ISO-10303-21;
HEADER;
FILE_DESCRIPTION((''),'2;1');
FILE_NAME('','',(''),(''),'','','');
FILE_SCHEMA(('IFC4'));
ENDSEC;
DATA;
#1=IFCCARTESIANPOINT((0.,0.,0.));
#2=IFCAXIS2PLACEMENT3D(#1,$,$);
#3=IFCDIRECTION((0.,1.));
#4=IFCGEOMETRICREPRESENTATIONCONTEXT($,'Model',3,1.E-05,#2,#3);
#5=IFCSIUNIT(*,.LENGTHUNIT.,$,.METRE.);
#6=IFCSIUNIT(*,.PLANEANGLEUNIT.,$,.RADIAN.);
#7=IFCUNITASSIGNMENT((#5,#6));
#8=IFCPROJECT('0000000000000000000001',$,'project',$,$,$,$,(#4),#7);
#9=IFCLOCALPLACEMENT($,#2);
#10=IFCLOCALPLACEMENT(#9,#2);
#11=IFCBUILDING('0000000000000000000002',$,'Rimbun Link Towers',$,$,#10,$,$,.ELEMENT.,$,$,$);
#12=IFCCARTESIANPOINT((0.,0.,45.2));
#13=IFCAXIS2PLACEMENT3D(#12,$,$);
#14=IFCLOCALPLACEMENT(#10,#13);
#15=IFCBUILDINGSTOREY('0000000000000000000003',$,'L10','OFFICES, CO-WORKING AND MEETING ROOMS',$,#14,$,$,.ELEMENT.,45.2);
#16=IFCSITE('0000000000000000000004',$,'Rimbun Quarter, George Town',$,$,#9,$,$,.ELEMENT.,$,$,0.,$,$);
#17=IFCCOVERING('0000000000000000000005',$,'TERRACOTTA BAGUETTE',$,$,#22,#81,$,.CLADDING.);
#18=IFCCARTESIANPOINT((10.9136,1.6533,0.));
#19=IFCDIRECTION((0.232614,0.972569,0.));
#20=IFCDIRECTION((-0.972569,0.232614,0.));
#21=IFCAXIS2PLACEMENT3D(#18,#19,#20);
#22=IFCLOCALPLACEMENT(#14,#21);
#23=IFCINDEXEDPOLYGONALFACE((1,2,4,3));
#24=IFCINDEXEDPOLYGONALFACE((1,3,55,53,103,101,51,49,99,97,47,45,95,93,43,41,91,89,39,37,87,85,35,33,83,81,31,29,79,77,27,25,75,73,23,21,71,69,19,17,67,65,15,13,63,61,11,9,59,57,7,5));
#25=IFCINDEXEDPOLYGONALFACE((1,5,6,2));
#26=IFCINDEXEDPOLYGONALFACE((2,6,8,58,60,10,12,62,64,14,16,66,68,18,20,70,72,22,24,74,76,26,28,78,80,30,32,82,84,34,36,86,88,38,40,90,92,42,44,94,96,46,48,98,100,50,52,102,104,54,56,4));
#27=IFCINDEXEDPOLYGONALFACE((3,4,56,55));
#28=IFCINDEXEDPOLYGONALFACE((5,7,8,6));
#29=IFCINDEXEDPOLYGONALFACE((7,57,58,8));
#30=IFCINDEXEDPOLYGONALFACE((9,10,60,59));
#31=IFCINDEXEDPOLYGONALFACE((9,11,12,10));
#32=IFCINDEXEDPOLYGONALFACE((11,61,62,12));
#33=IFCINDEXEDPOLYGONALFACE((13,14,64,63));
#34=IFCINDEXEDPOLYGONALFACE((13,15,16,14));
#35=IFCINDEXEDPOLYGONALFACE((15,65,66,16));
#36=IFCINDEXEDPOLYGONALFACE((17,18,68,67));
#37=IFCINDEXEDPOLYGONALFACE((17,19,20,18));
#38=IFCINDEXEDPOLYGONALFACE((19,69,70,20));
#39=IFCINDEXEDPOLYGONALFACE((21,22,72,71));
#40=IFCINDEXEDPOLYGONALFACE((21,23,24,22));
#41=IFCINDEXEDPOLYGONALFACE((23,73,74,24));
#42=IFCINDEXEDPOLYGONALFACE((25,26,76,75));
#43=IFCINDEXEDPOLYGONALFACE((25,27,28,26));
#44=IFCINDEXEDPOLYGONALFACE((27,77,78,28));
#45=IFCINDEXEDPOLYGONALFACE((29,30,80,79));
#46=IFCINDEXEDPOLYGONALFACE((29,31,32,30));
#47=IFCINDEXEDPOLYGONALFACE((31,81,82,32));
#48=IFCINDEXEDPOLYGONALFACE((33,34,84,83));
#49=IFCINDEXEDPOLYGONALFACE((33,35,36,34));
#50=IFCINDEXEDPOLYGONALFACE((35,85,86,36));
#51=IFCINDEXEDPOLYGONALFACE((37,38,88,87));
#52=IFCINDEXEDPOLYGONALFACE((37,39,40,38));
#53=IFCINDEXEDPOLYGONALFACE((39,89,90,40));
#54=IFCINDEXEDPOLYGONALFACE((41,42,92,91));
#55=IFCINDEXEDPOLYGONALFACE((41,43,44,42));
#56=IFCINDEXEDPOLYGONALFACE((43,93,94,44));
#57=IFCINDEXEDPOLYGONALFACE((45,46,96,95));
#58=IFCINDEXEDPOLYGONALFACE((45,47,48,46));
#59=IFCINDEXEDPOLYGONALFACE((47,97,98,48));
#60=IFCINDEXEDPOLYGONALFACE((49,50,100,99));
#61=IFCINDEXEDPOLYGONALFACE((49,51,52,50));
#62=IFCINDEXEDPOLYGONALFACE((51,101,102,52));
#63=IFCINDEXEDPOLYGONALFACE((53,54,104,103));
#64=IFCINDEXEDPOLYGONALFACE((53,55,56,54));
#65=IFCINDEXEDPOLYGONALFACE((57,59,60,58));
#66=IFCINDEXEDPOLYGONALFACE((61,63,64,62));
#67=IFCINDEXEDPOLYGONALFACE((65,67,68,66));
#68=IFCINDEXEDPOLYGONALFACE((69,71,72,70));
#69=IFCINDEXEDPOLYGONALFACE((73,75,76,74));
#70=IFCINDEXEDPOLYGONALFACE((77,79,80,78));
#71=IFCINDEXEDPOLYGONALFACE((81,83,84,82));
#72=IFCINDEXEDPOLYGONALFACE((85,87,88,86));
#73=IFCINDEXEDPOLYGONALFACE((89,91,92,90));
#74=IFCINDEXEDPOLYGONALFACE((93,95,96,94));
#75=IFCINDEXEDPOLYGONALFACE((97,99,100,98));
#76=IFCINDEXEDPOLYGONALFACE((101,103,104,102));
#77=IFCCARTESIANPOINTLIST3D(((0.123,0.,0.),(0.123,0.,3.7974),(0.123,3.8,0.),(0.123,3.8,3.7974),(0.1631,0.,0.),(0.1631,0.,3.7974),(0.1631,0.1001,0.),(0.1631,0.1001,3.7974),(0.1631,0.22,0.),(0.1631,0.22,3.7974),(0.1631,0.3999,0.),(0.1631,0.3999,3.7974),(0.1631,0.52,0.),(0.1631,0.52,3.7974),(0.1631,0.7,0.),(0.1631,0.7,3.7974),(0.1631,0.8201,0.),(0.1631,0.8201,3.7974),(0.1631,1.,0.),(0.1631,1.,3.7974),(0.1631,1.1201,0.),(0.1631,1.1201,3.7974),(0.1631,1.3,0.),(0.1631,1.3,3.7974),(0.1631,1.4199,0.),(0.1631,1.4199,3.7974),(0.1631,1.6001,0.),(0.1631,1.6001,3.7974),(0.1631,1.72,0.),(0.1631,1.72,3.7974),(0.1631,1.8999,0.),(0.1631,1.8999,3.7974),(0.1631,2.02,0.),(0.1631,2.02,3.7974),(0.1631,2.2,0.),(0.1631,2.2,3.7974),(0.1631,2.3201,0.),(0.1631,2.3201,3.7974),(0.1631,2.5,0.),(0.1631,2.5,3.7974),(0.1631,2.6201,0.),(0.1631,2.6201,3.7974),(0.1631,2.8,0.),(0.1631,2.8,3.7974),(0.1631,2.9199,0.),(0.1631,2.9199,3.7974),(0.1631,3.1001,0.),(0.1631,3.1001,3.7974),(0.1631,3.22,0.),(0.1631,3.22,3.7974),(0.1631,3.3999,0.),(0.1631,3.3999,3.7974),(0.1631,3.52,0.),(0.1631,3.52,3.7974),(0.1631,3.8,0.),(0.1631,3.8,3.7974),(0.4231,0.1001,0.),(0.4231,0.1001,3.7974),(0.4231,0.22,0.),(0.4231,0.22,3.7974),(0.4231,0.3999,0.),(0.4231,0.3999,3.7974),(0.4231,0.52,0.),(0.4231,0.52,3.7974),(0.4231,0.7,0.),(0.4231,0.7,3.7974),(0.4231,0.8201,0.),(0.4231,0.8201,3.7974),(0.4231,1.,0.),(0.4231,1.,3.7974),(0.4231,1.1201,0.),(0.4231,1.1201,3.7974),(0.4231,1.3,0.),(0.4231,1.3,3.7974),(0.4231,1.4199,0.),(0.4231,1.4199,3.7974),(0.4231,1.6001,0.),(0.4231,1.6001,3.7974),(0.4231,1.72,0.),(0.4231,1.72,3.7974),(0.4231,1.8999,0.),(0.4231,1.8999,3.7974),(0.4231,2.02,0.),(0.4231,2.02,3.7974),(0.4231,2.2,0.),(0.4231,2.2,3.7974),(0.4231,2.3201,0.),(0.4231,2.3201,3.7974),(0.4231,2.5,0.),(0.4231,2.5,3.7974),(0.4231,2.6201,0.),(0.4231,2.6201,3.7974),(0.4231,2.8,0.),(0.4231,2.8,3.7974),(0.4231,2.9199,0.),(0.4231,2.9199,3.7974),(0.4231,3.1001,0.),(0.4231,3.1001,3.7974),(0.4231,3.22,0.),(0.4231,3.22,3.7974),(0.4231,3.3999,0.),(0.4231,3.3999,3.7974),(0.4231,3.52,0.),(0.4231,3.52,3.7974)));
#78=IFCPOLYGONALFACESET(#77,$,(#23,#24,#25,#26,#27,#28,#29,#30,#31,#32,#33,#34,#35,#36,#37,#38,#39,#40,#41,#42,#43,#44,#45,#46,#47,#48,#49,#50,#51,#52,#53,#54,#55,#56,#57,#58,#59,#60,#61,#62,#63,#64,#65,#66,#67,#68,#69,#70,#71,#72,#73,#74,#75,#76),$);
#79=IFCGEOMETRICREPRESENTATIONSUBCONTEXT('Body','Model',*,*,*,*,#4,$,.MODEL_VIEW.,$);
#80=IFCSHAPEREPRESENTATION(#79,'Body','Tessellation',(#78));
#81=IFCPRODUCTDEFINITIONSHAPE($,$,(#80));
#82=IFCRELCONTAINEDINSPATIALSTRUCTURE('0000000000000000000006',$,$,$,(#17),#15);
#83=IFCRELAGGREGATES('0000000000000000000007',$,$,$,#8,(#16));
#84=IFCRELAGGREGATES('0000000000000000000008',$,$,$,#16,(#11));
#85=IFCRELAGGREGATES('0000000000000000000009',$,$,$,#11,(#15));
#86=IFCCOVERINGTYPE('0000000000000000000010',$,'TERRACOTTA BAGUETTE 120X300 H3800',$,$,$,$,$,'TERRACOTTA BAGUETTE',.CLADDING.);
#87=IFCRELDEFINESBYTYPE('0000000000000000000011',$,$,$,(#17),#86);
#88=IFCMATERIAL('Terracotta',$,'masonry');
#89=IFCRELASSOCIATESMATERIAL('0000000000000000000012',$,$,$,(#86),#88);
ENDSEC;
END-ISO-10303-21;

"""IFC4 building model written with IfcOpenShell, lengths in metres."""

from ifc_helpers import new_model, si_unit, direction, frame, origin, place, context, subcontext, project, spatial, polyline, outline, extrude, material, material_profile, profile_set, type_object, element, save


model = new_model("IFC4")

# Units and contexts
model_context = context("Model", 3, precision=1e-05, world=origin(), true_north=direction((0.0, 1.0)))
body_context = subcontext(model_context, "Body", "Model", "MODEL_VIEW")
ifc_project = project(units=[si_unit("LENGTHUNIT", "METRE"), si_unit("PLANEANGLEUNIT", "RADIAN")], contexts=[model_context])

# Site, building, storey
site_placement = place(None, origin())
site = spatial("IfcSite", under=ifc_project, at=site_placement, Name="Rimbun Quarter, George Town", CompositionType="ELEMENT", RefElevation=0.0)
building_placement = place(site_placement, origin())
building = spatial("IfcBuilding", under=site, at=building_placement, Name="Rimbun Link Towers", CompositionType="ELEMENT")
storey_placement = place(building_placement, frame((0.0, 0.0, 45.2)))
storey = spatial("IfcBuildingStorey", under=building, at=storey_placement, Name="L10", Description="OFFICES, CO-WORKING AND MEETING ROOMS", CompositionType="ELEMENT", Elevation=45.2)

# Covering
ifc_material_1 = material(Name="Terracotta", Category="masonry")
ifc_material_profile_1 = material_profile(ifc_material_1, outline(polyline([(0.123, 0.0), (0.1631, 0.0), (0.1631, 0.1001), (0.4231, 0.1001), (0.4231, 0.22), (0.1631, 0.22), (0.1631, 0.3999), (0.4231, 0.3999), (0.4231, 0.52), (0.1631, 0.52), (0.1631, 0.7), (0.4231, 0.7), (0.4231, 0.8201), (0.1631, 0.8201), (0.1631, 1.0), (0.4231, 1.0), (0.4231, 1.1201), (0.1631, 1.1201), (0.1631, 1.3), (0.4231, 1.3), (0.4231, 1.4199), (0.1631, 1.4199), (0.1631, 1.6001), (0.4231, 1.6001), (0.4231, 1.72), (0.1631, 1.72), (0.1631, 1.8999), (0.4231, 1.8999), (0.4231, 2.02), (0.1631, 2.02), (0.1631, 2.2), (0.4231, 2.2), (0.4231, 2.3201), (0.1631, 2.3201), (0.1631, 2.5), (0.4231, 2.5), (0.4231, 2.6201), (0.1631, 2.6201), (0.1631, 2.8), (0.4231, 2.8), (0.4231, 2.9199), (0.1631, 2.9199), (0.1631, 3.1001), (0.4231, 3.1001), (0.4231, 3.22), (0.1631, 3.22), (0.1631, 3.3999), (0.4231, 3.3999), (0.4231, 3.52), (0.1631, 3.52), (0.1631, 3.8), (0.123, 3.8), (0.123, 0.0)])), Name="BAGUETTE 120X300")
ifc_profile_set_1 = profile_set([ifc_material_profile_1], Name="Terracotta")
covering_type_1 = type_object("IfcCoveringType", Name="TERRACOTTA BAGUETTE 120X300 H3800", ElementType="TERRACOTTA BAGUETTE", PredefinedType="CLADDING", material=ifc_profile_set_1)
covering_1_placement = place(storey_placement, frame((10.9136, 1.6533, 0.0), z_axis=(0.232614, 0.972569, 0.0), x_axis=(-0.972569, 0.232614, 0.0)))
element("IfcCovering", 1, at=covering_1_placement, inside=storey, type_object=covering_type_1, Name="TERRACOTTA BAGUETTE", PredefinedType="CLADDING", context=body_context, shape_type="SweptSolid", body=[
    extrude(outline(polyline([(0.123, 0.0), (0.1631, 0.0), (0.1631, 0.1001), (0.4231, 0.1001), (0.4231, 0.22), (0.1631, 0.22), (0.1631, 0.3999), (0.4231, 0.3999), (0.4231, 0.52), (0.1631, 0.52), (0.1631, 0.7), (0.4231, 0.7), (0.4231, 0.8201), (0.1631, 0.8201), (0.1631, 1.0), (0.4231, 1.0), (0.4231, 1.1201), (0.1631, 1.1201), (0.1631, 1.3), (0.4231, 1.3), (0.4231, 1.4199), (0.1631, 1.4199), (0.1631, 1.6001), (0.4231, 1.6001), (0.4231, 1.72), (0.1631, 1.72), (0.1631, 1.8999), (0.4231, 1.8999), (0.4231, 2.02), (0.1631, 2.02), (0.1631, 2.2), (0.4231, 2.2), (0.4231, 2.3201), (0.1631, 2.3201), (0.1631, 2.5), (0.4231, 2.5), (0.4231, 2.6201), (0.1631, 2.6201), (0.1631, 2.8), (0.4231, 2.8), (0.4231, 2.9199), (0.1631, 2.9199), (0.1631, 3.1001), (0.4231, 3.1001), (0.4231, 3.22), (0.1631, 3.22), (0.1631, 3.3999), (0.4231, 3.3999), (0.4231, 3.52), (0.1631, 3.52), (0.1631, 3.8), (0.123, 3.8), (0.123, 0.0)])), origin(), (0.0, 0.0, 1.0), 3.7974),
])

save(model, "model.ifc")
